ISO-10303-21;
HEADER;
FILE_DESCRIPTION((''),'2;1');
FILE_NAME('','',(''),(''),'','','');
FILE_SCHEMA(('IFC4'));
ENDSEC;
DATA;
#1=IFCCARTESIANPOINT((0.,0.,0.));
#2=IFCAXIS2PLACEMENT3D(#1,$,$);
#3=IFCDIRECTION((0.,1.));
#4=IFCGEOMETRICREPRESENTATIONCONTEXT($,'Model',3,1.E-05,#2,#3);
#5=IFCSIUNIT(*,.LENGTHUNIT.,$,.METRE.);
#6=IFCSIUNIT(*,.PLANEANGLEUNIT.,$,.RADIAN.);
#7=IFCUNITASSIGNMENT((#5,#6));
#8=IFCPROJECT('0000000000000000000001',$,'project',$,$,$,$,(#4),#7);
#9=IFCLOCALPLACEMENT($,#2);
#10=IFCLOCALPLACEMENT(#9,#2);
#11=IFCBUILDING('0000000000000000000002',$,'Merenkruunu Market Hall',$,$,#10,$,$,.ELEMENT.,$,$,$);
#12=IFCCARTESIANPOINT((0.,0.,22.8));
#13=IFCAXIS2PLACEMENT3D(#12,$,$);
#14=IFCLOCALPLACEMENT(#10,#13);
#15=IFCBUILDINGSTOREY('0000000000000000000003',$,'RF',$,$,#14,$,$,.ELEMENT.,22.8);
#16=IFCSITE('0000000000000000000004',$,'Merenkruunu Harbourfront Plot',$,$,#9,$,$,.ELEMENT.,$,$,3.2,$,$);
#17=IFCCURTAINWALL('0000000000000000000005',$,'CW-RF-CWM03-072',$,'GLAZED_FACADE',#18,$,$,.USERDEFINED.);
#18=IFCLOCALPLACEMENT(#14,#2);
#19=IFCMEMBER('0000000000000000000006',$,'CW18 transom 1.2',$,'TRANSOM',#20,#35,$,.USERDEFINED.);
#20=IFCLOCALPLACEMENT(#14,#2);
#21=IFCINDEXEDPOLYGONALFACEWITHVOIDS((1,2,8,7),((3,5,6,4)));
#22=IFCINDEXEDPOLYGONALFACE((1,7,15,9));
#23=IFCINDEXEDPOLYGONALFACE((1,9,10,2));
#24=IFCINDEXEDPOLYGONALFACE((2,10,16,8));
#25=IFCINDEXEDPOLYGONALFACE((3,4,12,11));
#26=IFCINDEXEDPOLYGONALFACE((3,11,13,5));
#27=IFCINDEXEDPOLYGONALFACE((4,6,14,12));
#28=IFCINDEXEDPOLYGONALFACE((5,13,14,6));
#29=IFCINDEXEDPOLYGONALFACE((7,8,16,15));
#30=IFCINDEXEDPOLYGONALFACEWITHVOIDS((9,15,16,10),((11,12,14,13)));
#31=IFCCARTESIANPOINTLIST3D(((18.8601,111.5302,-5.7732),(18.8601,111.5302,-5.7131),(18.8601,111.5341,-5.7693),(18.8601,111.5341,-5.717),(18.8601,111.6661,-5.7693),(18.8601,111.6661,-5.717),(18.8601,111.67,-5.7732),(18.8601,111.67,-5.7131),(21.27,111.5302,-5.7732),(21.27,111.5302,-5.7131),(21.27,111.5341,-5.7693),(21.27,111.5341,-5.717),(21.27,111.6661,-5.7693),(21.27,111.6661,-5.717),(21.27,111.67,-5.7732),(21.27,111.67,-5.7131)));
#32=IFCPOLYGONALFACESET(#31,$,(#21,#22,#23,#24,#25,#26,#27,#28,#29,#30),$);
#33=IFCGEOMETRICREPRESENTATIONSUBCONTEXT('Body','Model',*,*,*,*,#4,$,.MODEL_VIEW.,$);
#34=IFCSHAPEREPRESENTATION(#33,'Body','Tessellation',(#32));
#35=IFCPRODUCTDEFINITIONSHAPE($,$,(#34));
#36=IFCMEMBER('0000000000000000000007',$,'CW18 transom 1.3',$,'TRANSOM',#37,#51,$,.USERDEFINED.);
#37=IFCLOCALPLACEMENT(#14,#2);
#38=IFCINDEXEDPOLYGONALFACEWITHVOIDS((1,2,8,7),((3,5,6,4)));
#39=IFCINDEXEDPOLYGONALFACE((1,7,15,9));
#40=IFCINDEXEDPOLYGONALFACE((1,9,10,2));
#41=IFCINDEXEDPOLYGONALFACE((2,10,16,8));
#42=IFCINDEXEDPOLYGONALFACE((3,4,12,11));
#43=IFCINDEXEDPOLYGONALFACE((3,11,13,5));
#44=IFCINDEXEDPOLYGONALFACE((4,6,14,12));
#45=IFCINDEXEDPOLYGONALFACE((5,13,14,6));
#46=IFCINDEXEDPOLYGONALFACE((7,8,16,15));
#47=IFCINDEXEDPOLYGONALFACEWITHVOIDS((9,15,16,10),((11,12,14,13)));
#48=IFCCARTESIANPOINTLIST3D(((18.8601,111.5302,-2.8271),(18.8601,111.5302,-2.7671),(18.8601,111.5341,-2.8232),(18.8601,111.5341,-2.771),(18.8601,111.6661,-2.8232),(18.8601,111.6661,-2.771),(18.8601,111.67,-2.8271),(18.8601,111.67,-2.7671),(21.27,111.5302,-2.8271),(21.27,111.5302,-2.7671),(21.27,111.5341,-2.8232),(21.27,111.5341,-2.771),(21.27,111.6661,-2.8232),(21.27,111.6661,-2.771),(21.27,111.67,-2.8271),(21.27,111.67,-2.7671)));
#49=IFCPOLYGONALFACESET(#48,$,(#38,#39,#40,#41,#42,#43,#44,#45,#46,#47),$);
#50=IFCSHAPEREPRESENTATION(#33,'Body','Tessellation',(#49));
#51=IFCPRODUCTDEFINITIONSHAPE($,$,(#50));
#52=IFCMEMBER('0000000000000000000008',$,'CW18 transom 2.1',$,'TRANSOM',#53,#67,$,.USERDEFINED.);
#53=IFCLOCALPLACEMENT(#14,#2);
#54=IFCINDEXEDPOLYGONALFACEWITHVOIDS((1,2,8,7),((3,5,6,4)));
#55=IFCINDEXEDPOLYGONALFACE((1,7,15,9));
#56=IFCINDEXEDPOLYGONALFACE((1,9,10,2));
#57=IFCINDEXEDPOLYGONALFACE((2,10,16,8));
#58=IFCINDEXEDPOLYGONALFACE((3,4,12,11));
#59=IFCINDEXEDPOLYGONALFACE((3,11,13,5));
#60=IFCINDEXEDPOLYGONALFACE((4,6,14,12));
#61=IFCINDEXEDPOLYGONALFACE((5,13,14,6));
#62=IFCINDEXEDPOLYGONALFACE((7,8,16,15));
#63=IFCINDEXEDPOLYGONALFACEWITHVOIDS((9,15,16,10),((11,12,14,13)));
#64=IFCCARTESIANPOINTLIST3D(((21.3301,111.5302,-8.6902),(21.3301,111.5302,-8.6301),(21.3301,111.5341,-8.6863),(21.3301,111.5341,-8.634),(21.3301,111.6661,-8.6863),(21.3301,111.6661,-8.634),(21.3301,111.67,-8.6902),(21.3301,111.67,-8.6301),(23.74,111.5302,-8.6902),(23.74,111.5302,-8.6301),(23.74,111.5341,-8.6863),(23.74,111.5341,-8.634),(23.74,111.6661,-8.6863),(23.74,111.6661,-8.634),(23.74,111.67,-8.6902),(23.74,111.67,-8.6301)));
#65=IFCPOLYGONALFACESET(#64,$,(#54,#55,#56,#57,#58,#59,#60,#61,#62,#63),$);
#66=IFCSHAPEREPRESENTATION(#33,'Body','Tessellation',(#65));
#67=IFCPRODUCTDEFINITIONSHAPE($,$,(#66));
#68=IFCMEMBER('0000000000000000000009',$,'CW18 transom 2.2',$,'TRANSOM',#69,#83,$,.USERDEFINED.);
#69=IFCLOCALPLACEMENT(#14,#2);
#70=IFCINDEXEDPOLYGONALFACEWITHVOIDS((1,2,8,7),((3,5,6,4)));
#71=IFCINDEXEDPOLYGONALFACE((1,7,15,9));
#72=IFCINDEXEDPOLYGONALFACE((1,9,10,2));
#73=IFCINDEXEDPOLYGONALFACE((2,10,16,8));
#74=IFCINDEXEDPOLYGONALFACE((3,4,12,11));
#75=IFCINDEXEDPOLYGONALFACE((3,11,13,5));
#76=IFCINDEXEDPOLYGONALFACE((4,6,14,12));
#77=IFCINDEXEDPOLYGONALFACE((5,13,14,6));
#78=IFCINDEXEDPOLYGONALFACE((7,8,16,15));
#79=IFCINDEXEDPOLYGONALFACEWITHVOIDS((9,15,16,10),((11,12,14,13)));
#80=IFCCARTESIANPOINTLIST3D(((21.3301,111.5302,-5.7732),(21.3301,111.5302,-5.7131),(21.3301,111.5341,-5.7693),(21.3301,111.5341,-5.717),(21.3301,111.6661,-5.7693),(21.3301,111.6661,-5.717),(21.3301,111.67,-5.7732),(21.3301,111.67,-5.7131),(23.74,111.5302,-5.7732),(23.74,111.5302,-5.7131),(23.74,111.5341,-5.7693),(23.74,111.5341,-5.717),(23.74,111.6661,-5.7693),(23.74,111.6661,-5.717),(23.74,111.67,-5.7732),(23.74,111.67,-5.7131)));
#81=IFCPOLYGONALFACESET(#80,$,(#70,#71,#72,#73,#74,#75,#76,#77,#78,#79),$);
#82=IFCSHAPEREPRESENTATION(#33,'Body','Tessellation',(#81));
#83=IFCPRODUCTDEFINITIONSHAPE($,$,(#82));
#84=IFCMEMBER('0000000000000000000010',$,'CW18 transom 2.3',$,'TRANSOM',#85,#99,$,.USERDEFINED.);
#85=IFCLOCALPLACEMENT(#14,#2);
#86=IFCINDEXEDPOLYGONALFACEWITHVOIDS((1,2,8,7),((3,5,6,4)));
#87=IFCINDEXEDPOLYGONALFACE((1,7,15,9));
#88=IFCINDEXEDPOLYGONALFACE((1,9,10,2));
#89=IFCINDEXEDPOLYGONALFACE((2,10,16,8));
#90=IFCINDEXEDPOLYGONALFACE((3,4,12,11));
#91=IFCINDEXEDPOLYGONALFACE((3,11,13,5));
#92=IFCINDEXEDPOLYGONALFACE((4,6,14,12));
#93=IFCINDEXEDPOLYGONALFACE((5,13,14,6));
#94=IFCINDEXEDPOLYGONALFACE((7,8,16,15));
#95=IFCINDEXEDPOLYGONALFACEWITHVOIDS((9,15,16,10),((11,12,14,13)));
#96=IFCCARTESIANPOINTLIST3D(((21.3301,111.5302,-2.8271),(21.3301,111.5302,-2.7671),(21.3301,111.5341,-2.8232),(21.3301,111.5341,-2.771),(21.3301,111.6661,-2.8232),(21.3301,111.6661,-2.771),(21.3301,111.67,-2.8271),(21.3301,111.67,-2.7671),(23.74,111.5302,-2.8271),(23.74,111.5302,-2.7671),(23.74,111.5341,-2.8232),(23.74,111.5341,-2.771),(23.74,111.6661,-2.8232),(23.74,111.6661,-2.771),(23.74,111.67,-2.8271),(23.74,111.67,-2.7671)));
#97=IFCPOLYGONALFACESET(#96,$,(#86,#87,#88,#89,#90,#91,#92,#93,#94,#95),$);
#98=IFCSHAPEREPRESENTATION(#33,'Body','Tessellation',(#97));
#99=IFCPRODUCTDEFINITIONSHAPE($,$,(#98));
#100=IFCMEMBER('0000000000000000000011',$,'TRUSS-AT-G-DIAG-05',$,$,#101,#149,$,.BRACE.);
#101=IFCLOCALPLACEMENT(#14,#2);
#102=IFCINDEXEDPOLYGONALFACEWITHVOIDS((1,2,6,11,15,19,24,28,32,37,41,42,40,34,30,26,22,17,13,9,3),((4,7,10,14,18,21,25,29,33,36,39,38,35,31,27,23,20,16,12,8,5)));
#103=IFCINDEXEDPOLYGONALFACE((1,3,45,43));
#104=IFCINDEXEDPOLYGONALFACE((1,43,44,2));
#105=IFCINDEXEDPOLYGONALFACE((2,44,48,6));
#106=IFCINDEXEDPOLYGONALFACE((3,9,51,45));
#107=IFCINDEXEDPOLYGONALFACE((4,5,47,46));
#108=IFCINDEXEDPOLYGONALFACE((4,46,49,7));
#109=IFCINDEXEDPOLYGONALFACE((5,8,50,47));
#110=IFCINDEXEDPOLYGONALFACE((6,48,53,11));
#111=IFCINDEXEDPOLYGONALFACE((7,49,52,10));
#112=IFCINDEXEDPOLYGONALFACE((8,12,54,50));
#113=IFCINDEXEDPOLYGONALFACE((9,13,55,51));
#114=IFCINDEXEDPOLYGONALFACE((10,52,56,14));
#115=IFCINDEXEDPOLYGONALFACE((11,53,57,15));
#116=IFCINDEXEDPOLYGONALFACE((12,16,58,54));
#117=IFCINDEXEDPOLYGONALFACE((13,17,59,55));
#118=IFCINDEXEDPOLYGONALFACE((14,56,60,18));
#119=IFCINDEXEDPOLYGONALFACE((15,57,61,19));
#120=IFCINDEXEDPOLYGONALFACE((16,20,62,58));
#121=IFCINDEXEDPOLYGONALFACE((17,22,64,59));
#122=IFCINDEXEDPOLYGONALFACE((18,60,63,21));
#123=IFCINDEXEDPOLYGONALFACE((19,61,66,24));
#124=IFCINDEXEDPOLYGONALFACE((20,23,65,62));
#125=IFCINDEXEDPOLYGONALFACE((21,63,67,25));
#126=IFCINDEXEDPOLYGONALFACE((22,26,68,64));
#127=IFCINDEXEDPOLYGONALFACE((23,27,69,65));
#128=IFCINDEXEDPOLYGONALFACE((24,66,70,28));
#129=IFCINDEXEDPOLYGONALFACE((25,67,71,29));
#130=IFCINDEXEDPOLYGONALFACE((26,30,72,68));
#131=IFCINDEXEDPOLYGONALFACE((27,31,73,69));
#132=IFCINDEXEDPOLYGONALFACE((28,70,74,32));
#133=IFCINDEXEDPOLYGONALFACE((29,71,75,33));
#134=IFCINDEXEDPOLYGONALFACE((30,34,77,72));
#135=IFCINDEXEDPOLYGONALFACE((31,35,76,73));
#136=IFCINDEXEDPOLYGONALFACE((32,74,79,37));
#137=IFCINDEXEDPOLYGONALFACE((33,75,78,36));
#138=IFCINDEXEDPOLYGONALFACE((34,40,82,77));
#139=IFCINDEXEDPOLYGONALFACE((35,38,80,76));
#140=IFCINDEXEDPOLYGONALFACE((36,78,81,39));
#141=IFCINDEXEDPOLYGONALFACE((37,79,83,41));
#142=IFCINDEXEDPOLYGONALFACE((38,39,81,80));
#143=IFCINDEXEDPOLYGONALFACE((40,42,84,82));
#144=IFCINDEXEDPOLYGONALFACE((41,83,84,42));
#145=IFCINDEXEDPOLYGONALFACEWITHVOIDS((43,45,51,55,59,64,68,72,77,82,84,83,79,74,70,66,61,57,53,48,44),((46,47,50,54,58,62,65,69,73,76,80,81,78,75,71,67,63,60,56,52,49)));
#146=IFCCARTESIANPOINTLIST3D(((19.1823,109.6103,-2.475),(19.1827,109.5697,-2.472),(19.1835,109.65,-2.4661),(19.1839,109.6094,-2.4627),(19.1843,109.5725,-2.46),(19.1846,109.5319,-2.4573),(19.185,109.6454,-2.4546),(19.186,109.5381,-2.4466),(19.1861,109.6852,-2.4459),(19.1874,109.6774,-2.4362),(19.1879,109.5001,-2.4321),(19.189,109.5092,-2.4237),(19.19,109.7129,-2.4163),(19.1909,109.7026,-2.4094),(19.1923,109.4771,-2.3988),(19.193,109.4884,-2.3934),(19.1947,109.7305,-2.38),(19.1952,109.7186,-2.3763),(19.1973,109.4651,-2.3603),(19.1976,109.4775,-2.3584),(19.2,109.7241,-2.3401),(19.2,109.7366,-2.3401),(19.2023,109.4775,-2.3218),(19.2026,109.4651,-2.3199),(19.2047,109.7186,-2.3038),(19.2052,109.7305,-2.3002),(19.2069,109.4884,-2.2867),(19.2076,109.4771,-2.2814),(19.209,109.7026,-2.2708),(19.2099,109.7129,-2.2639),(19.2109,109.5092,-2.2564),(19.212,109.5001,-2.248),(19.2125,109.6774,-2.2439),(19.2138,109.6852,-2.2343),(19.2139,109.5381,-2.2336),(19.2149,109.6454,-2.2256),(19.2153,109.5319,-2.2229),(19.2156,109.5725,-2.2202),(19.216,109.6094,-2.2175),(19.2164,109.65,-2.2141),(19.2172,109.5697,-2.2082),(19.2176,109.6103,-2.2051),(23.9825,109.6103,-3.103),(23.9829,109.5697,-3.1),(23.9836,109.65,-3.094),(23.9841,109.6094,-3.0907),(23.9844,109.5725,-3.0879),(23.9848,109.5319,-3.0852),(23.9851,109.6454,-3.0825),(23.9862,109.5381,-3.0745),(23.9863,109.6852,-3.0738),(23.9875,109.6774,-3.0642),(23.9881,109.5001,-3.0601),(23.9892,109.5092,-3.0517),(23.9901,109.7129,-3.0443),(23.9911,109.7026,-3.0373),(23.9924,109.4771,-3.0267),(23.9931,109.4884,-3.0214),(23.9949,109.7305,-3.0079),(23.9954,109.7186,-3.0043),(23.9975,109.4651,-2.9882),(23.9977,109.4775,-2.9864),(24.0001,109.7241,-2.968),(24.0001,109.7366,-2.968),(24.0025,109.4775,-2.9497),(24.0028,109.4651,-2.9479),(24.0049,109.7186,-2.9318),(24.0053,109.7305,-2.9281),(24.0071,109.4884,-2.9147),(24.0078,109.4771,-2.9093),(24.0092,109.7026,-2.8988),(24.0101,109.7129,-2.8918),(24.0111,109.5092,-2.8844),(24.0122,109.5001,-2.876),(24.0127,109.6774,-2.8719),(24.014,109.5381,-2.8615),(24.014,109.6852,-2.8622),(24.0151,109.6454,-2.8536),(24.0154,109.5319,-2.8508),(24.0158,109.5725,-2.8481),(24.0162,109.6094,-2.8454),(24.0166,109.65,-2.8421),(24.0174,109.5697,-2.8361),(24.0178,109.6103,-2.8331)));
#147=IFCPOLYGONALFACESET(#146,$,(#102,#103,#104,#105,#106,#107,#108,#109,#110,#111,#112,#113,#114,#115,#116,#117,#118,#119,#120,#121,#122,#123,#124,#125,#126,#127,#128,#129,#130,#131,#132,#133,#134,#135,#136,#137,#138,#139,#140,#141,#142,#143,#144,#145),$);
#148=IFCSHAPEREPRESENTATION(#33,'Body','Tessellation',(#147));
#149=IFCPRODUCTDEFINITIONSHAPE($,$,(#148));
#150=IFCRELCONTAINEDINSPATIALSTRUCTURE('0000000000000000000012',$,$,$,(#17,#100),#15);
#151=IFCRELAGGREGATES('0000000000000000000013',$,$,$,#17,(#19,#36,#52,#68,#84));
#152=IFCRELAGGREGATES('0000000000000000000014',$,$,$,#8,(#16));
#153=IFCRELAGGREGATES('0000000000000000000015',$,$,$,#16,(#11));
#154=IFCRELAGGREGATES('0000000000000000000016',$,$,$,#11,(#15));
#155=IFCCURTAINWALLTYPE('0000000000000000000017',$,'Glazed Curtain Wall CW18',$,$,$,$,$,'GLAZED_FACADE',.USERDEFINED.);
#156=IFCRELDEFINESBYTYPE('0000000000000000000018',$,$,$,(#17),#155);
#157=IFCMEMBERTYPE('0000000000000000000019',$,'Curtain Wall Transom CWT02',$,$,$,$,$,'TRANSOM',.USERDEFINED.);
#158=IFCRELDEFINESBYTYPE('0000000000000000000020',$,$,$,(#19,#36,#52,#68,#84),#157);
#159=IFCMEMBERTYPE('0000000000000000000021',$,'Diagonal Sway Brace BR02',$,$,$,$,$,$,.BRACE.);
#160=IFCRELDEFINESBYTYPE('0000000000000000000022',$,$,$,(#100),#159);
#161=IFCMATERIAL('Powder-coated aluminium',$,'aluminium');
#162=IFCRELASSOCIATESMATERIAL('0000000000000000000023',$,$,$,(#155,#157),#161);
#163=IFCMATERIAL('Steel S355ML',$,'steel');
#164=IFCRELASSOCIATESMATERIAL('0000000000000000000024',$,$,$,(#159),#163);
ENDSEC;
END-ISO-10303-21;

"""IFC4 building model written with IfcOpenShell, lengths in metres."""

from ifc_helpers import new_model, si_unit, direction, frame, origin, origin_2d, place, context, subcontext, project, spatial, hollow_rectangle, hollow_circle, extrude, material, material_profile, profile_set, type_object, element, aggregate, save


model = new_model("IFC4")

# Units and contexts
model_context = context("Model", 3, precision=1e-05, world=origin(), true_north=direction((0.0, 1.0)))
body_context = subcontext(model_context, "Body", "Model", "MODEL_VIEW")
ifc_project = project(units=[si_unit("LENGTHUNIT", "METRE"), si_unit("PLANEANGLEUNIT", "RADIAN")], contexts=[model_context])

# Site, building, storey
site_placement = place(None, origin())
site = spatial("IfcSite", under=ifc_project, at=site_placement, Name="Merenkruunu Harbourfront Plot", CompositionType="ELEMENT", RefElevation=3.2)
building_placement = place(site_placement, origin())
building = spatial("IfcBuilding", under=site, at=building_placement, Name="Merenkruunu Market Hall", CompositionType="ELEMENT")
storey_placement = place(building_placement, frame((0.0, 0.0, 22.8)))
storey = spatial("IfcBuildingStorey", under=building, at=storey_placement, Name="RF", CompositionType="ELEMENT", Elevation=22.8)

# Shared definitions
ifc_material_1 = material(Name="Steel S355ML", Category="steel")

# Shared definitions
ifc_material_2 = material(Name="Powder-coated aluminium", Category="aluminium")
curtain_wall_type = type_object("IfcCurtainWallType", Name="Glazed Curtain Wall CW18", ElementType="GLAZED_FACADE", PredefinedType="USERDEFINED", material=ifc_material_2)

# Curtain wall, members
curtain_wall_1_placement = place(storey_placement, origin())
curtain_wall_1 = element("IfcCurtainWall", 1, at=curtain_wall_1_placement, inside=storey, type_object=curtain_wall_type, Name="CW-RF-CWM03-072", ObjectType="GLAZED_FACADE", PredefinedType="USERDEFINED")
ifc_material_profile_1 = material_profile(ifc_material_2, hollow_rectangle(XDim=0.0601, YDim=0.1399, WallThickness=0.0039, at=origin_2d()), Name="ALU 60x140x4")
ifc_profile_set_1 = profile_set([ifc_material_profile_1], Name="Powder-coated aluminium")
member_type_1 = type_object("IfcMemberType", Name="Curtain Wall Transom CWT02", ElementType="TRANSOM", PredefinedType="USERDEFINED", material=ifc_profile_set_1)
member_1_placement = place(storey_placement, frame((18.8601, 111.6001, -5.7432), z_axis=(1.0, 0.0, 0.0), x_axis=(0.0, 0.0, 1.0)))
member_1 = element("IfcMember", 2, at=member_1_placement, type_object=member_type_1, Name="CW18 transom 1.2", ObjectType="TRANSOM", PredefinedType="USERDEFINED", context=body_context, shape_type="SweptSolid", body=[
    extrude(hollow_rectangle(XDim=0.0601, YDim=0.1399, WallThickness=0.0039, at=origin_2d()), origin(), (0.0, 0.0, 1.0), 2.4099),
])
member_2_placement = place(storey_placement, frame((18.8601, 111.6001, -2.7971), z_axis=(1.0, 0.0, 0.0), x_axis=(0.0, 0.0, 1.0)))
member_2 = element("IfcMember", 3, at=member_2_placement, type_object=member_type_1, Name="CW18 transom 1.3", ObjectType="TRANSOM", PredefinedType="USERDEFINED", context=body_context, shape_type="SweptSolid", body=[
    extrude(hollow_rectangle(XDim=0.0601, YDim=0.1399, WallThickness=0.0039, at=origin_2d()), origin(), (0.0, 0.0, 1.0), 2.4099),
])
member_3_placement = place(storey_placement, frame((21.3301, 111.6001, -8.6602), z_axis=(1.0, 0.0, 0.0), x_axis=(0.0, 0.0, 1.0)))
member_3 = element("IfcMember", 4, at=member_3_placement, type_object=member_type_1, Name="CW18 transom 2.1", ObjectType="TRANSOM", PredefinedType="USERDEFINED", context=body_context, shape_type="SweptSolid", body=[
    extrude(hollow_rectangle(XDim=0.0601, YDim=0.1399, WallThickness=0.0039, at=origin_2d()), origin(), (0.0, 0.0, 1.0), 2.4099),
])
member_4_placement = place(storey_placement, frame((21.3301, 111.6001, -5.7432), z_axis=(1.0, 0.0, 0.0), x_axis=(0.0, 0.0, 1.0)))
member_4 = element("IfcMember", 5, at=member_4_placement, type_object=member_type_1, Name="CW18 transom 2.2", ObjectType="TRANSOM", PredefinedType="USERDEFINED", context=body_context, shape_type="SweptSolid", body=[
    extrude(hollow_rectangle(XDim=0.0601, YDim=0.1399, WallThickness=0.0039, at=origin_2d()), origin(), (0.0, 0.0, 1.0), 2.4099),
])
member_5_placement = place(storey_placement, frame((21.3301, 111.6001, -2.7971), z_axis=(1.0, 0.0, 0.0), x_axis=(0.0, 0.0, 1.0)))
member_5 = element("IfcMember", 6, at=member_5_placement, type_object=member_type_1, Name="CW18 transom 2.3", ObjectType="TRANSOM", PredefinedType="USERDEFINED", context=body_context, shape_type="SweptSolid", body=[
    extrude(hollow_rectangle(XDim=0.0601, YDim=0.1399, WallThickness=0.0039, at=origin_2d()), origin(), (0.0, 0.0, 1.0), 2.4099),
])

# Member
ifc_material_profile_2 = material_profile(ifc_material_1, hollow_circle(Radius=0.1365, WallThickness=0.0125, at=origin_2d()), Name="CHS 273x12.5")
ifc_profile_set_2 = profile_set([ifc_material_profile_2], Name="Steel S355ML")
member_type_2 = type_object("IfcMemberType", Name="Diagonal Sway Brace BR02", PredefinedType="BRACE", material=ifc_profile_set_2)
member_6_placement = place(storey_placement, frame((19.2, 109.6001, -2.3401), z_axis=(0.991552, 0.0, -0.129712), x_axis=(0.0, 1.0, 0.0)))
element("IfcMember", 7, at=member_6_placement, inside=storey, type_object=member_type_2, Name="TRUSS-AT-G-DIAG-05", PredefinedType="BRACE", context=body_context, shape_type="SweptSolid", body=[
    extrude(hollow_circle(Radius=0.1365, WallThickness=0.0125, at=origin_2d()), origin(), (0.0, 0.0, 1.0), 4.8411),
])

aggregate(curtain_wall_1, [member_1, member_2, member_3, member_4, member_5])

save(model, "model.ifc")
